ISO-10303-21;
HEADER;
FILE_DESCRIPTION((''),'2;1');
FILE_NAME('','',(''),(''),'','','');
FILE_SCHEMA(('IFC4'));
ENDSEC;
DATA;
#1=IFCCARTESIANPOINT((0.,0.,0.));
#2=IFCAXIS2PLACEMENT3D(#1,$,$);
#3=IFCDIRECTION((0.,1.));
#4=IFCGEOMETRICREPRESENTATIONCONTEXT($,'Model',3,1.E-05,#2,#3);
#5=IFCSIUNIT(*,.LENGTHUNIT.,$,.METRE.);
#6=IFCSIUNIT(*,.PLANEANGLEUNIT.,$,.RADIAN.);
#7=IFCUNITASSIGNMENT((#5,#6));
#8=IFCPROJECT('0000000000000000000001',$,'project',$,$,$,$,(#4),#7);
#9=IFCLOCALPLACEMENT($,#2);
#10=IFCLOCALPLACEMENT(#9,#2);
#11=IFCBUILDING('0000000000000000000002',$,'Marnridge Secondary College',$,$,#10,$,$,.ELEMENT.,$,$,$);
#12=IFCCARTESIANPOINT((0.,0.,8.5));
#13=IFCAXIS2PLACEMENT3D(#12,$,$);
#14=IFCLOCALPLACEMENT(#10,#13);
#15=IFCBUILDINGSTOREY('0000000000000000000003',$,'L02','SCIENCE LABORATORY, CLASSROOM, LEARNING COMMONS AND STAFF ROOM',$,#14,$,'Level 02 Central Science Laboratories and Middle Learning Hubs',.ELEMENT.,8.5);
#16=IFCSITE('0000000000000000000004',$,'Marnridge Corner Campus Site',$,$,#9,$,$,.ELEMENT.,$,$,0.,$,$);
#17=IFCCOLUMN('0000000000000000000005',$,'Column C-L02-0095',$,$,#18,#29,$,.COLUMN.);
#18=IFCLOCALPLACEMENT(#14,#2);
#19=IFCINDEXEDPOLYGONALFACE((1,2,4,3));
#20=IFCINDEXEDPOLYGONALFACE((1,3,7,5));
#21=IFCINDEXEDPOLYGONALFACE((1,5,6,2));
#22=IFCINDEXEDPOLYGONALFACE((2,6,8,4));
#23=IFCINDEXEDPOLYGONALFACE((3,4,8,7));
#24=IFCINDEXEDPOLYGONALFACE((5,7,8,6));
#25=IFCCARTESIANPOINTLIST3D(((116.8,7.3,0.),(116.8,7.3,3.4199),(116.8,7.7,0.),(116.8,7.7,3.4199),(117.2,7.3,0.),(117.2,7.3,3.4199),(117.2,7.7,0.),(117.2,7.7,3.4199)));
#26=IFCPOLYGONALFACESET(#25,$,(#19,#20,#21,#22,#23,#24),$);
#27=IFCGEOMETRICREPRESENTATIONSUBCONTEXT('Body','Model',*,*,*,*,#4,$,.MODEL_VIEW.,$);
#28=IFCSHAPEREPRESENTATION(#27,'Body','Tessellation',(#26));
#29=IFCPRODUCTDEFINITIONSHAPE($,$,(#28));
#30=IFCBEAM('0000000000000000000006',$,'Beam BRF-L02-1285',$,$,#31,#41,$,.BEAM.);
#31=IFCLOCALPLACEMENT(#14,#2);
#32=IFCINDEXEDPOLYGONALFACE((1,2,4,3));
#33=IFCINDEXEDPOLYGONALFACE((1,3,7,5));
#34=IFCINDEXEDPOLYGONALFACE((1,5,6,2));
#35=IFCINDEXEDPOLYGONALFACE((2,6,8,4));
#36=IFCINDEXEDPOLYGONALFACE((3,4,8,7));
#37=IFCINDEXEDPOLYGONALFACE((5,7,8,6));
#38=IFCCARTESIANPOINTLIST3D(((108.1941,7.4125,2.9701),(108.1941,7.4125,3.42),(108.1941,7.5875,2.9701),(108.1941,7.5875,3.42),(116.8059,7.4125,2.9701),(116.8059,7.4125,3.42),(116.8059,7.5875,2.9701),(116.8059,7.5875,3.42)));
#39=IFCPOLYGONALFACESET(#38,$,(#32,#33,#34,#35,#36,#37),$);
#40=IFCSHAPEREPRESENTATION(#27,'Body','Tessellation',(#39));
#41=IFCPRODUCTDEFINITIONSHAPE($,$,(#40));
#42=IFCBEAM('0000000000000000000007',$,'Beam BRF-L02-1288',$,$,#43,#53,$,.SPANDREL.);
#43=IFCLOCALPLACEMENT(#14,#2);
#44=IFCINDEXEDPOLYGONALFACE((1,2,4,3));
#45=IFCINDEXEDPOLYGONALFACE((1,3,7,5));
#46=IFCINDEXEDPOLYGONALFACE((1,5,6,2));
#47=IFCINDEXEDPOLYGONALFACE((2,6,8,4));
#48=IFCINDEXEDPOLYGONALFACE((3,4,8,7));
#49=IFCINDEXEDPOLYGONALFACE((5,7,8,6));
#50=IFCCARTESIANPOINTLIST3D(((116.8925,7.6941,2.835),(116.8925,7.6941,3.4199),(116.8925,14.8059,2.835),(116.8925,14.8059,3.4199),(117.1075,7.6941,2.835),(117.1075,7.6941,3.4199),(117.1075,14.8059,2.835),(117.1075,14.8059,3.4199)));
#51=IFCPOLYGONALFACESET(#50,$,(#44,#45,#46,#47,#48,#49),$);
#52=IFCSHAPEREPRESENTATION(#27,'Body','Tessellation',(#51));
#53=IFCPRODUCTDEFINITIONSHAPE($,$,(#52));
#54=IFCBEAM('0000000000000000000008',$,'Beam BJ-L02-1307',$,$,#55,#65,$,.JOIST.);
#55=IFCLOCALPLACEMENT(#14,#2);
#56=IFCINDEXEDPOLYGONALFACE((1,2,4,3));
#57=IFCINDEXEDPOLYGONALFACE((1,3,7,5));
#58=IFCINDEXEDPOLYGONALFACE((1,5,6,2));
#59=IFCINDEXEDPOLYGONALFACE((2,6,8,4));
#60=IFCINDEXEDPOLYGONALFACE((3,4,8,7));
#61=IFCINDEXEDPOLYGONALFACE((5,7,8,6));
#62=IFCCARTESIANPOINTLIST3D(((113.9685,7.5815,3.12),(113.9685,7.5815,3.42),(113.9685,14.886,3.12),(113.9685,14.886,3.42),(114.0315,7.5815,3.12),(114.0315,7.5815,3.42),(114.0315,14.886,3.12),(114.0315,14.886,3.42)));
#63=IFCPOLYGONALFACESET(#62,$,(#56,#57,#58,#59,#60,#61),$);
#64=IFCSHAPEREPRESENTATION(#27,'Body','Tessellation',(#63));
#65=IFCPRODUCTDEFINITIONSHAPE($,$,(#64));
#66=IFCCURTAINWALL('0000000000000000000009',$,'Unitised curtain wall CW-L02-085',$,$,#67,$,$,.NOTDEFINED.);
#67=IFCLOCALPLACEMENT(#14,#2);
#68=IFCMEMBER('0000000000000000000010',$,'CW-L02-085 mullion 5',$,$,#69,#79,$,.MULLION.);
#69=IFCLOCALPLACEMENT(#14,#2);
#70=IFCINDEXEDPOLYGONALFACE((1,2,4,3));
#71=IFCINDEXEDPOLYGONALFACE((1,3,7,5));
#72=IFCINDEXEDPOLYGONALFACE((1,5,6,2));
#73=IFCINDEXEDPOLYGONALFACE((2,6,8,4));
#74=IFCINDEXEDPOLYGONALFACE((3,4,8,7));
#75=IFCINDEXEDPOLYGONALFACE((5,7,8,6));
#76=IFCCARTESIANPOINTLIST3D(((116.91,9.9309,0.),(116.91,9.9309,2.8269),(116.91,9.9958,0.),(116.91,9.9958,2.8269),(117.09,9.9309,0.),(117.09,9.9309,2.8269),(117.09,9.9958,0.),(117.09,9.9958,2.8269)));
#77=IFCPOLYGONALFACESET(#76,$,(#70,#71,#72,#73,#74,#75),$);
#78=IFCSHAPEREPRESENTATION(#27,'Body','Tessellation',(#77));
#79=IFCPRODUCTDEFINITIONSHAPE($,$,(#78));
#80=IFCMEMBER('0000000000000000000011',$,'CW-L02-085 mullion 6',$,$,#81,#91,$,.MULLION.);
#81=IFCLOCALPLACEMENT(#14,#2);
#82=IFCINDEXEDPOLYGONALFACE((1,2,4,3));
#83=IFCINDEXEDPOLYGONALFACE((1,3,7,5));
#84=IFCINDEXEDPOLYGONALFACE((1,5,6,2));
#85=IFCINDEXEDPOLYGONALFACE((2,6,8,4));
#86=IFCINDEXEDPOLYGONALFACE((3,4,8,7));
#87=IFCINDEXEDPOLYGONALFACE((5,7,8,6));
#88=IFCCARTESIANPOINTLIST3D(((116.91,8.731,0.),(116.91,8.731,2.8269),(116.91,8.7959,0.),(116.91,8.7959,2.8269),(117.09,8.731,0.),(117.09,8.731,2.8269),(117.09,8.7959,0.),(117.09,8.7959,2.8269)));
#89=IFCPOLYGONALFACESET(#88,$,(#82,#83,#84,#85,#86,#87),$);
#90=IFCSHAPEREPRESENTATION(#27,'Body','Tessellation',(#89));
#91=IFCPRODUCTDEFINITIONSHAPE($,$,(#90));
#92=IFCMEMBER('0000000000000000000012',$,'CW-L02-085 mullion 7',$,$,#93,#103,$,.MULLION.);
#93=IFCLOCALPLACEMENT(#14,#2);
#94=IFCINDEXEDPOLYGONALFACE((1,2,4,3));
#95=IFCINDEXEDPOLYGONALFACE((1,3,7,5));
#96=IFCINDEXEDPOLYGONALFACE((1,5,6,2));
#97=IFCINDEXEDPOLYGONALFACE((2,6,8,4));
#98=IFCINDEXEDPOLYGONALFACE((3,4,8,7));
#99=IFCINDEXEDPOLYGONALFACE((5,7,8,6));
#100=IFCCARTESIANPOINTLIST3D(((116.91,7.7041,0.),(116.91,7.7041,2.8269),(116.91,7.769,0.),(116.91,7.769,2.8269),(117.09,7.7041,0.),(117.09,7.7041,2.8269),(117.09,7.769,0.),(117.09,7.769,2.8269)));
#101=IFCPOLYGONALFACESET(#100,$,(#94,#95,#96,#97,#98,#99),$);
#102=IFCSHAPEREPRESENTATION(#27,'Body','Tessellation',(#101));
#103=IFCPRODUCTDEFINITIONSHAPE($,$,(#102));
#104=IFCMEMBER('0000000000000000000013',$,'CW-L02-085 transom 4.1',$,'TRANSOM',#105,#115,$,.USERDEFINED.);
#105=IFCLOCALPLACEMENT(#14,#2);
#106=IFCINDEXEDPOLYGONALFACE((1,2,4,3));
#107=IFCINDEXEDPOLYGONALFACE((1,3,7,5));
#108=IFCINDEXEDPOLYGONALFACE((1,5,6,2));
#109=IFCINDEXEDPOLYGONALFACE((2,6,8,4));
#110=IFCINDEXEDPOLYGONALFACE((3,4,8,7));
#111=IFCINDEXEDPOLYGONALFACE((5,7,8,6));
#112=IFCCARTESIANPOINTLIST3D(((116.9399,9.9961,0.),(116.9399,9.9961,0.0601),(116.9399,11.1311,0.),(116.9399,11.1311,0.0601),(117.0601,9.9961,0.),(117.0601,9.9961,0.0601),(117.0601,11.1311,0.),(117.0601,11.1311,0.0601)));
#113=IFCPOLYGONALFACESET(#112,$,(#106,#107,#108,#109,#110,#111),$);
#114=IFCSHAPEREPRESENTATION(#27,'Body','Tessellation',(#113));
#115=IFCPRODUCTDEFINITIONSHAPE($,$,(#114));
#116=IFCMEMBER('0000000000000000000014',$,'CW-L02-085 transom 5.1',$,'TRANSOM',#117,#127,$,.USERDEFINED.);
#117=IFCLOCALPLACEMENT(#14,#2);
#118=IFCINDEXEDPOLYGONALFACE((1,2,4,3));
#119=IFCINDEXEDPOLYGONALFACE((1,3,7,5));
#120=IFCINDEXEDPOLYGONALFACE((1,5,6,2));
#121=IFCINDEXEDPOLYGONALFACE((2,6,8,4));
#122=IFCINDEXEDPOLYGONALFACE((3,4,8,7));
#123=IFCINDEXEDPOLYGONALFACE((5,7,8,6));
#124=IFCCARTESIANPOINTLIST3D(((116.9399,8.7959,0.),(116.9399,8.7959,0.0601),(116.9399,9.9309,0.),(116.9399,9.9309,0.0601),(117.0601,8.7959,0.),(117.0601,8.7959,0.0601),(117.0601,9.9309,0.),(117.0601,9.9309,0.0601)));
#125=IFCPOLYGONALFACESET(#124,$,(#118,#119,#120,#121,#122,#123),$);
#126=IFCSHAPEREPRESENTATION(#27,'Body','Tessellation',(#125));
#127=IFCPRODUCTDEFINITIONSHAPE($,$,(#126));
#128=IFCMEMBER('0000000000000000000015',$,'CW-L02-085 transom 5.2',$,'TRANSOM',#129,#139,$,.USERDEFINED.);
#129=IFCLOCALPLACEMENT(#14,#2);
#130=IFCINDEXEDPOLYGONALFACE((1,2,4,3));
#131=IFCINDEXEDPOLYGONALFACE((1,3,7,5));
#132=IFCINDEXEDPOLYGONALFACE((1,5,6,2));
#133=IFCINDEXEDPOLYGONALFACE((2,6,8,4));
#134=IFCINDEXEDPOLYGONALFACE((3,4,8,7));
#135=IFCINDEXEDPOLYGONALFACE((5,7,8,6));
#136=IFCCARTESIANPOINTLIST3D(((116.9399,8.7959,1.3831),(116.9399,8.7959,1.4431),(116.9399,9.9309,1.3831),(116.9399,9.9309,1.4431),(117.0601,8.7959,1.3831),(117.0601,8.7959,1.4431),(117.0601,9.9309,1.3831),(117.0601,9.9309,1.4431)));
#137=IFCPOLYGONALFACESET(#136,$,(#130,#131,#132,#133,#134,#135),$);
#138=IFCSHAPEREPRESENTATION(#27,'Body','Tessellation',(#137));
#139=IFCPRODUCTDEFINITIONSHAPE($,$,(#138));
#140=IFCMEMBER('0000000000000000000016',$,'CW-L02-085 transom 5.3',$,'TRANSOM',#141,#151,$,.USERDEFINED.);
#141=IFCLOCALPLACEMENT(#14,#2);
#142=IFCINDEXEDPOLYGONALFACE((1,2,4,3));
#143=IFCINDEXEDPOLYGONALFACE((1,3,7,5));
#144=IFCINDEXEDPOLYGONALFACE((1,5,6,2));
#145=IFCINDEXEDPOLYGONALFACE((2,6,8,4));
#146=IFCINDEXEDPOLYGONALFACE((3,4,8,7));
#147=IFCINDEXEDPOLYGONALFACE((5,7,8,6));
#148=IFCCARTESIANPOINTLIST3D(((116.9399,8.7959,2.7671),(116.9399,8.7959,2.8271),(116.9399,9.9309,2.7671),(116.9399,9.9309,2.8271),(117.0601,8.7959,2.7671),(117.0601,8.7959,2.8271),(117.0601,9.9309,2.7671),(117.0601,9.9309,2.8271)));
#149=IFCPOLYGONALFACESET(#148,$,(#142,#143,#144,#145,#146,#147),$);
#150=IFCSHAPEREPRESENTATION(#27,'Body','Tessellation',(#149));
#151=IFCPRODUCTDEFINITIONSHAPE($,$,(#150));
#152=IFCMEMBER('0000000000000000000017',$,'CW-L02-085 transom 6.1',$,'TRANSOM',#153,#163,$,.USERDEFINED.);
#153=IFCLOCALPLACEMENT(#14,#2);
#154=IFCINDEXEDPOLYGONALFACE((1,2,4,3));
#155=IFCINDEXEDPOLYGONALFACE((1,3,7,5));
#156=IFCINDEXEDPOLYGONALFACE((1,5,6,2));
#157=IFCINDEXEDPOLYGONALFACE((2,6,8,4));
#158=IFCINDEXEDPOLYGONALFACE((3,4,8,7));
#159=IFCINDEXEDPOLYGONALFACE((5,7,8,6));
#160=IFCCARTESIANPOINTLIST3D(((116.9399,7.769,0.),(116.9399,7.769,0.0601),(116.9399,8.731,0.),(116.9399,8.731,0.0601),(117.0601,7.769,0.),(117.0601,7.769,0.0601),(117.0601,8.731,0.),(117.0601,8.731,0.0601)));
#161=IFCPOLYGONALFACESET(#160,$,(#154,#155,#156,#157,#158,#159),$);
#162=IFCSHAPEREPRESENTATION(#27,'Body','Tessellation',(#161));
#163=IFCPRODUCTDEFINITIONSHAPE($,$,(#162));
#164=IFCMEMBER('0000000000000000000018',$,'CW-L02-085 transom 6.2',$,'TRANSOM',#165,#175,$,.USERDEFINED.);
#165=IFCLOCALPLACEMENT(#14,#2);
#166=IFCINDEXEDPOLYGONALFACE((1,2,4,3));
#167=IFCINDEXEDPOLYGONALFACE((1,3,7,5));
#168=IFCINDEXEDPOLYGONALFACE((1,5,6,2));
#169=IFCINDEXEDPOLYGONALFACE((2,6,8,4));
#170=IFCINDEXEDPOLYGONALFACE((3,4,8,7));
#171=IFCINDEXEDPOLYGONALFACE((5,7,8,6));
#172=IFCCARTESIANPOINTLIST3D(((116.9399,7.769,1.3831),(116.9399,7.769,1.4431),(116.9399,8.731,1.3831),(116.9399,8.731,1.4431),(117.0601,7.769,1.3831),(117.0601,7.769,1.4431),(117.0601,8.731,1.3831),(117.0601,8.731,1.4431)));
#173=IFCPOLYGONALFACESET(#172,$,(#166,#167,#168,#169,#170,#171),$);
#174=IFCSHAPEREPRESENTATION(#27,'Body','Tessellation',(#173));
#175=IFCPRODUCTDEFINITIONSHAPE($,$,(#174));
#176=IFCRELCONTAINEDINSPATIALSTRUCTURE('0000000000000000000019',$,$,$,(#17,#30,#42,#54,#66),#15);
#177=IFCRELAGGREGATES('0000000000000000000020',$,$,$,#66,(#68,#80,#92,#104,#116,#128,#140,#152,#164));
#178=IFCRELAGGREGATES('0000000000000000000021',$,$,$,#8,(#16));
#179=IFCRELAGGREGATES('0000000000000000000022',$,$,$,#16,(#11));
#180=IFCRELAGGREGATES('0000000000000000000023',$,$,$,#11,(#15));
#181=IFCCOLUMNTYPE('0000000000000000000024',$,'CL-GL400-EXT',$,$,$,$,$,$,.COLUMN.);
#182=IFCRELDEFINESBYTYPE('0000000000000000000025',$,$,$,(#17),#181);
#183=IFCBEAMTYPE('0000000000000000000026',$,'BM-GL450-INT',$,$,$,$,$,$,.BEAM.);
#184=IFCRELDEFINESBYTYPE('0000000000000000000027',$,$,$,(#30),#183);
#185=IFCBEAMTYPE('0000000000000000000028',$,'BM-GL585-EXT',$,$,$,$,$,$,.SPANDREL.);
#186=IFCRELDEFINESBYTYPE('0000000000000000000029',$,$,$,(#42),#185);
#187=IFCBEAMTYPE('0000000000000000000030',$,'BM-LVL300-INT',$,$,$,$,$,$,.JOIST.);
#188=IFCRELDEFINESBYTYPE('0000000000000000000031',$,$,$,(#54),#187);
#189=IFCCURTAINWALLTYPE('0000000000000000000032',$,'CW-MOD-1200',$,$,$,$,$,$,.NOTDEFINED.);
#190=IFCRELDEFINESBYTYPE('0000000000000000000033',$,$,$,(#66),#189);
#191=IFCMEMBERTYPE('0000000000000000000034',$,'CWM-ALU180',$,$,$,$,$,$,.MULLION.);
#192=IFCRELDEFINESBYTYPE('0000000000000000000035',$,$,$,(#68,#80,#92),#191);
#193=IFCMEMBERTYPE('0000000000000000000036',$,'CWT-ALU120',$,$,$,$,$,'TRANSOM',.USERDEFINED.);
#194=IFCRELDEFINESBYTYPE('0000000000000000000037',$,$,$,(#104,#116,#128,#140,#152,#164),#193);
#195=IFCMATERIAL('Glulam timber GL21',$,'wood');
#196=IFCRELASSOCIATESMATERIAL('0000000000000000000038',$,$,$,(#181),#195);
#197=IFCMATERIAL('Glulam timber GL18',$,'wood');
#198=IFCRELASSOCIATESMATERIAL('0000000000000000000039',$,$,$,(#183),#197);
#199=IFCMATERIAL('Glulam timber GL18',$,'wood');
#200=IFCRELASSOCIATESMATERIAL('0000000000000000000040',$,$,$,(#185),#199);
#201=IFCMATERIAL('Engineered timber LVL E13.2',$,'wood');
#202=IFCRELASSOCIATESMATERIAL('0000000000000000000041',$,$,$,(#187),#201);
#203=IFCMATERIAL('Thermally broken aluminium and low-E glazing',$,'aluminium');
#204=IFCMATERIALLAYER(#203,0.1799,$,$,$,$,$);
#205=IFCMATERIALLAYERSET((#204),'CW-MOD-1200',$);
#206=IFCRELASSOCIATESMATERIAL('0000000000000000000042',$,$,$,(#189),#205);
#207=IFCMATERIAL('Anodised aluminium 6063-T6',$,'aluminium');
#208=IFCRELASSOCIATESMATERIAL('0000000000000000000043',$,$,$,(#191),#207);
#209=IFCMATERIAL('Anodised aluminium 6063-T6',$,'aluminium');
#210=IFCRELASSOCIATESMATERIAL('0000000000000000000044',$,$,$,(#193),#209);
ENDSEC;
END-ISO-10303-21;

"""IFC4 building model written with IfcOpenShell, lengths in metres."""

from ifc_helpers import new_model, si_unit, direction, frame, origin, origin_2d, place, context, subcontext, project, spatial, rectangle, extrude, material, layer, layer_set, material_profile, profile_set, type_object, element, aggregate, save


model = new_model("IFC4")

# Units and contexts
model_context = context("Model", 3, precision=1e-05, world=origin(), true_north=direction((0.0, 1.0)))
body_context = subcontext(model_context, "Body", "Model", "MODEL_VIEW")
ifc_project = project(units=[si_unit("LENGTHUNIT", "METRE"), si_unit("PLANEANGLEUNIT", "RADIAN")], contexts=[model_context])

# Site, building, storey
site_placement = place(None, origin())
site = spatial("IfcSite", under=ifc_project, at=site_placement, Name="Marnridge Corner Campus Site", CompositionType="ELEMENT", RefElevation=0.0)
building_placement = place(site_placement, origin())
building = spatial("IfcBuilding", under=site, at=building_placement, Name="Marnridge Secondary College", CompositionType="ELEMENT")
storey_placement = place(building_placement, frame((0.0, 0.0, 8.5)))
storey = spatial("IfcBuildingStorey", under=building, at=storey_placement, Name="L02", Description="SCIENCE LABORATORY, CLASSROOM, LEARNING COMMONS AND STAFF ROOM", LongName="Level 02 Central Science Laboratories and Middle Learning Hubs", CompositionType="ELEMENT", Elevation=8.5)

# Column
ifc_material_1 = material(Name="Glulam timber GL21", Category="wood")
ifc_material_profile_1 = material_profile(ifc_material_1, rectangle(XDim=0.3999, YDim=0.3999, at=origin_2d()), Name="GL21 400x400")
ifc_profile_set_1 = profile_set([ifc_material_profile_1], Name="Glulam timber GL21")
column_type = type_object("IfcColumnType", Name="CL-GL400-EXT", PredefinedType="COLUMN", material=ifc_profile_set_1)
column_placement = place(storey_placement, frame((117.0, 7.5, 0.0), z_axis=(0.0, 0.0, 1.0), x_axis=(1.0, 0.0, 0.0)))
element("IfcColumn", 1, at=column_placement, inside=storey, type_object=column_type, Name="Column C-L02-0095", PredefinedType="COLUMN", context=body_context, shape_type="SweptSolid", body=[
    extrude(rectangle(XDim=0.3999, YDim=0.3999, at=origin_2d()), origin(), (0.0, 0.0, 1.0), 3.4199),
])

# Beams
ifc_material_2 = material(Name="Glulam timber GL18", Category="wood")
ifc_material_profile_2 = material_profile(ifc_material_2, rectangle(XDim=0.175, YDim=0.45, at=origin_2d()), Name="GL18 175x450")
ifc_profile_set_2 = profile_set([ifc_material_profile_2], Name="Glulam timber GL18")
beam_type_1 = type_object("IfcBeamType", Name="BM-GL450-INT", PredefinedType="BEAM", material=ifc_profile_set_2)
beam_1_placement = place(storey_placement, frame((108.1941, 7.5, 3.1951), z_axis=(1.0, 0.0, 0.0), x_axis=(0.0, 1.0, 0.0)))
element("IfcBeam", 2, at=beam_1_placement, inside=storey, type_object=beam_type_1, Name="Beam BRF-L02-1285", PredefinedType="BEAM", context=body_context, shape_type="SweptSolid", body=[
    extrude(rectangle(XDim=0.175, YDim=0.45, at=origin_2d()), origin(), (0.0, 0.0, 1.0), 8.6118),
])
ifc_material_3 = material(Name="Glulam timber GL18", Category="wood")
ifc_material_profile_3 = material_profile(ifc_material_3, rectangle(XDim=0.2151, YDim=0.585, at=origin_2d()), Name="GL18 215x585")
ifc_profile_set_3 = profile_set([ifc_material_profile_3], Name="Glulam timber GL18")
beam_type_2 = type_object("IfcBeamType", Name="BM-GL585-EXT", PredefinedType="SPANDREL", material=ifc_profile_set_3)
beam_2_placement = place(storey_placement, frame((117.0, 7.6941, 3.1274), z_axis=(0.0, 1.0, 0.0), x_axis=(-1.0, 0.0, 0.0)))
element("IfcBeam", 3, at=beam_2_placement, inside=storey, type_object=beam_type_2, Name="Beam BRF-L02-1288", PredefinedType="SPANDREL", context=body_context, shape_type="SweptSolid", body=[
    extrude(rectangle(XDim=0.2151, YDim=0.585, at=origin_2d()), origin(), (0.0, 0.0, 1.0), 7.1118),
])
ifc_material_4 = material(Name="Engineered timber LVL E13.2", Category="wood")
ifc_material_profile_4 = material_profile(ifc_material_4, rectangle(XDim=0.063, YDim=0.3, at=origin_2d()), Name="LVL 63x300")
ifc_profile_set_4 = profile_set([ifc_material_profile_4], Name="Engineered timber LVL E13.2")
beam_type_3 = type_object("IfcBeamType", Name="BM-LVL300-INT", PredefinedType="JOIST", material=ifc_profile_set_4)
beam_3_placement = place(storey_placement, frame((114.0, 7.5815, 3.27), z_axis=(0.0, 1.0, 0.0), x_axis=(-1.0, 0.0, 0.0)))
element("IfcBeam", 4, at=beam_3_placement, inside=storey, type_object=beam_type_3, Name="Beam BJ-L02-1307", PredefinedType="JOIST", context=body_context, shape_type="SweptSolid", body=[
    extrude(rectangle(XDim=0.063, YDim=0.3, at=origin_2d()), origin(), (0.0, 0.0, 1.0), 7.3044),
])

# Curtain wall, members
ifc_material_5 = material(Name="Thermally broken aluminium and low-E glazing", Category="aluminium")
ifc_layer_1 = layer(ifc_material_5, 0.1799)
ifc_layer_set_1 = layer_set([ifc_layer_1], Name="CW-MOD-1200")
curtain_wall_type = type_object("IfcCurtainWallType", Name="CW-MOD-1200", PredefinedType="NOTDEFINED", material=ifc_layer_set_1)
curtain_wall_placement = place(storey_placement, origin())
curtain_wall = element("IfcCurtainWall", 5, at=curtain_wall_placement, inside=storey, type_object=curtain_wall_type, Name="Unitised curtain wall CW-L02-085", PredefinedType="NOTDEFINED")
ifc_material_6 = material(Name="Anodised aluminium 6063-T6", Category="aluminium")
ifc_material_profile_5 = material_profile(ifc_material_6, rectangle(XDim=0.0649, YDim=0.1799, at=origin_2d()), Name="ALU 65x180")
ifc_profile_set_5 = profile_set([ifc_material_profile_5], Name="Anodised aluminium 6063-T6")
member_type_1 = type_object("IfcMemberType", Name="CWM-ALU180", PredefinedType="MULLION", material=ifc_profile_set_5)
member_1_placement = place(storey_placement, frame((117.0, 9.9634, 0.0), z_axis=(0.0, 0.0, 1.0), x_axis=(0.0, -1.0, 0.0)))
member_1 = element("IfcMember", 6, at=member_1_placement, type_object=member_type_1, Name="CW-L02-085 mullion 5", PredefinedType="MULLION", context=body_context, shape_type="SweptSolid", body=[
    extrude(rectangle(XDim=0.0649, YDim=0.1799, at=origin_2d()), origin(), (0.0, 0.0, 1.0), 2.8269),
])
member_2_placement = place(storey_placement, frame((117.0, 8.7634, 0.0), z_axis=(0.0, 0.0, 1.0), x_axis=(0.0, -1.0, 0.0)))
member_2 = element("IfcMember", 7, at=member_2_placement, type_object=member_type_1, Name="CW-L02-085 mullion 6", PredefinedType="MULLION", context=body_context, shape_type="SweptSolid", body=[
    extrude(rectangle(XDim=0.0649, YDim=0.1799, at=origin_2d()), origin(), (0.0, 0.0, 1.0), 2.8269),
])
member_3_placement = place(storey_placement, frame((117.0, 7.7366, 0.0), z_axis=(0.0, 0.0, 1.0), x_axis=(0.0, -1.0, 0.0)))
member_3 = element("IfcMember", 8, at=member_3_placement, type_object=member_type_1, Name="CW-L02-085 mullion 7", PredefinedType="MULLION", context=body_context, shape_type="SweptSolid", body=[
    extrude(rectangle(XDim=0.0649, YDim=0.1799, at=origin_2d()), origin(), (0.0, 0.0, 1.0), 2.8269),
])
ifc_material_7 = material(Name="Anodised aluminium 6063-T6", Category="aluminium")
ifc_material_profile_6 = material_profile(ifc_material_7, rectangle(XDim=0.0601, YDim=0.1201, at=origin_2d()), Name="ALU 60x120")
ifc_profile_set_6 = profile_set([ifc_material_profile_6], Name="Anodised aluminium 6063-T6")
member_type_2 = type_object("IfcMemberType", Name="CWT-ALU120", ElementType="TRANSOM", PredefinedType="USERDEFINED", material=ifc_profile_set_6)
member_4_placement = place(storey_placement, frame((117.0, 11.1311, 0.03), z_axis=(0.0, -1.0, 0.0), x_axis=(0.0, 0.0, 1.0)))
member_4 = element("IfcMember", 9, at=member_4_placement, type_object=member_type_2, Name="CW-L02-085 transom 4.1", ObjectType="TRANSOM", PredefinedType="USERDEFINED", context=body_context, shape_type="SweptSolid", body=[
    extrude(rectangle(XDim=0.0601, YDim=0.1201, at=origin_2d()), origin(), (0.0, 0.0, 1.0), 1.135),
])
member_5_placement = place(storey_placement, frame((117.0, 9.9309, 0.03), z_axis=(0.0, -1.0, 0.0), x_axis=(0.0, 0.0, 1.0)))
member_5 = element("IfcMember", 10, at=member_5_placement, type_object=member_type_2, Name="CW-L02-085 transom 5.1", ObjectType="TRANSOM", PredefinedType="USERDEFINED", context=body_context, shape_type="SweptSolid", body=[
    extrude(rectangle(XDim=0.0601, YDim=0.1201, at=origin_2d()), origin(), (0.0, 0.0, 1.0), 1.135),
])
member_6_placement = place(storey_placement, frame((117.0, 9.9309, 1.4131), z_axis=(0.0, -1.0, 0.0), x_axis=(0.0, 0.0, 1.0)))
member_6 = element("IfcMember", 11, at=member_6_placement, type_object=member_type_2, Name="CW-L02-085 transom 5.2", ObjectType="TRANSOM", PredefinedType="USERDEFINED", context=body_context, shape_type="SweptSolid", body=[
    extrude(rectangle(XDim=0.0601, YDim=0.1201, at=origin_2d()), origin(), (0.0, 0.0, 1.0), 1.135),
])
member_7_placement = place(storey_placement, frame((117.0, 9.9309, 2.7971), z_axis=(0.0, -1.0, 0.0), x_axis=(0.0, 0.0, 1.0)))
member_7 = element("IfcMember", 12, at=member_7_placement, type_object=member_type_2, Name="CW-L02-085 transom 5.3", ObjectType="TRANSOM", PredefinedType="USERDEFINED", context=body_context, shape_type="SweptSolid", body=[
    extrude(rectangle(XDim=0.0601, YDim=0.1201, at=origin_2d()), origin(), (0.0, 0.0, 1.0), 1.135),
])
member_8_placement = place(storey_placement, frame((117.0, 8.731, 0.03), z_axis=(0.0, -1.0, 0.0), x_axis=(0.0, 0.0, 1.0)))
member_8 = element("IfcMember", 13, at=member_8_placement, type_object=member_type_2, Name="CW-L02-085 transom 6.1", ObjectType="TRANSOM", PredefinedType="USERDEFINED", context=body_context, shape_type="SweptSolid", body=[
    extrude(rectangle(XDim=0.0601, YDim=0.1201, at=origin_2d()), origin(), (0.0, 0.0, 1.0), 0.9619),
])
member_9_placement = place(storey_placement, frame((117.0, 8.731, 1.4131), z_axis=(0.0, -1.0, 0.0), x_axis=(0.0, 0.0, 1.0)))
member_9 = element("IfcMember", 14, at=member_9_placement, type_object=member_type_2, Name="CW-L02-085 transom 6.2", ObjectType="TRANSOM", PredefinedType="USERDEFINED", context=body_context, shape_type="SweptSolid", body=[
    extrude(rectangle(XDim=0.0601, YDim=0.1201, at=origin_2d()), origin(), (0.0, 0.0, 1.0), 0.9619),
])
aggregate(curtain_wall, [member_1, member_2, member_3, member_4, member_5, member_6, member_7, member_8, member_9])

save(model, "model.ifc")
